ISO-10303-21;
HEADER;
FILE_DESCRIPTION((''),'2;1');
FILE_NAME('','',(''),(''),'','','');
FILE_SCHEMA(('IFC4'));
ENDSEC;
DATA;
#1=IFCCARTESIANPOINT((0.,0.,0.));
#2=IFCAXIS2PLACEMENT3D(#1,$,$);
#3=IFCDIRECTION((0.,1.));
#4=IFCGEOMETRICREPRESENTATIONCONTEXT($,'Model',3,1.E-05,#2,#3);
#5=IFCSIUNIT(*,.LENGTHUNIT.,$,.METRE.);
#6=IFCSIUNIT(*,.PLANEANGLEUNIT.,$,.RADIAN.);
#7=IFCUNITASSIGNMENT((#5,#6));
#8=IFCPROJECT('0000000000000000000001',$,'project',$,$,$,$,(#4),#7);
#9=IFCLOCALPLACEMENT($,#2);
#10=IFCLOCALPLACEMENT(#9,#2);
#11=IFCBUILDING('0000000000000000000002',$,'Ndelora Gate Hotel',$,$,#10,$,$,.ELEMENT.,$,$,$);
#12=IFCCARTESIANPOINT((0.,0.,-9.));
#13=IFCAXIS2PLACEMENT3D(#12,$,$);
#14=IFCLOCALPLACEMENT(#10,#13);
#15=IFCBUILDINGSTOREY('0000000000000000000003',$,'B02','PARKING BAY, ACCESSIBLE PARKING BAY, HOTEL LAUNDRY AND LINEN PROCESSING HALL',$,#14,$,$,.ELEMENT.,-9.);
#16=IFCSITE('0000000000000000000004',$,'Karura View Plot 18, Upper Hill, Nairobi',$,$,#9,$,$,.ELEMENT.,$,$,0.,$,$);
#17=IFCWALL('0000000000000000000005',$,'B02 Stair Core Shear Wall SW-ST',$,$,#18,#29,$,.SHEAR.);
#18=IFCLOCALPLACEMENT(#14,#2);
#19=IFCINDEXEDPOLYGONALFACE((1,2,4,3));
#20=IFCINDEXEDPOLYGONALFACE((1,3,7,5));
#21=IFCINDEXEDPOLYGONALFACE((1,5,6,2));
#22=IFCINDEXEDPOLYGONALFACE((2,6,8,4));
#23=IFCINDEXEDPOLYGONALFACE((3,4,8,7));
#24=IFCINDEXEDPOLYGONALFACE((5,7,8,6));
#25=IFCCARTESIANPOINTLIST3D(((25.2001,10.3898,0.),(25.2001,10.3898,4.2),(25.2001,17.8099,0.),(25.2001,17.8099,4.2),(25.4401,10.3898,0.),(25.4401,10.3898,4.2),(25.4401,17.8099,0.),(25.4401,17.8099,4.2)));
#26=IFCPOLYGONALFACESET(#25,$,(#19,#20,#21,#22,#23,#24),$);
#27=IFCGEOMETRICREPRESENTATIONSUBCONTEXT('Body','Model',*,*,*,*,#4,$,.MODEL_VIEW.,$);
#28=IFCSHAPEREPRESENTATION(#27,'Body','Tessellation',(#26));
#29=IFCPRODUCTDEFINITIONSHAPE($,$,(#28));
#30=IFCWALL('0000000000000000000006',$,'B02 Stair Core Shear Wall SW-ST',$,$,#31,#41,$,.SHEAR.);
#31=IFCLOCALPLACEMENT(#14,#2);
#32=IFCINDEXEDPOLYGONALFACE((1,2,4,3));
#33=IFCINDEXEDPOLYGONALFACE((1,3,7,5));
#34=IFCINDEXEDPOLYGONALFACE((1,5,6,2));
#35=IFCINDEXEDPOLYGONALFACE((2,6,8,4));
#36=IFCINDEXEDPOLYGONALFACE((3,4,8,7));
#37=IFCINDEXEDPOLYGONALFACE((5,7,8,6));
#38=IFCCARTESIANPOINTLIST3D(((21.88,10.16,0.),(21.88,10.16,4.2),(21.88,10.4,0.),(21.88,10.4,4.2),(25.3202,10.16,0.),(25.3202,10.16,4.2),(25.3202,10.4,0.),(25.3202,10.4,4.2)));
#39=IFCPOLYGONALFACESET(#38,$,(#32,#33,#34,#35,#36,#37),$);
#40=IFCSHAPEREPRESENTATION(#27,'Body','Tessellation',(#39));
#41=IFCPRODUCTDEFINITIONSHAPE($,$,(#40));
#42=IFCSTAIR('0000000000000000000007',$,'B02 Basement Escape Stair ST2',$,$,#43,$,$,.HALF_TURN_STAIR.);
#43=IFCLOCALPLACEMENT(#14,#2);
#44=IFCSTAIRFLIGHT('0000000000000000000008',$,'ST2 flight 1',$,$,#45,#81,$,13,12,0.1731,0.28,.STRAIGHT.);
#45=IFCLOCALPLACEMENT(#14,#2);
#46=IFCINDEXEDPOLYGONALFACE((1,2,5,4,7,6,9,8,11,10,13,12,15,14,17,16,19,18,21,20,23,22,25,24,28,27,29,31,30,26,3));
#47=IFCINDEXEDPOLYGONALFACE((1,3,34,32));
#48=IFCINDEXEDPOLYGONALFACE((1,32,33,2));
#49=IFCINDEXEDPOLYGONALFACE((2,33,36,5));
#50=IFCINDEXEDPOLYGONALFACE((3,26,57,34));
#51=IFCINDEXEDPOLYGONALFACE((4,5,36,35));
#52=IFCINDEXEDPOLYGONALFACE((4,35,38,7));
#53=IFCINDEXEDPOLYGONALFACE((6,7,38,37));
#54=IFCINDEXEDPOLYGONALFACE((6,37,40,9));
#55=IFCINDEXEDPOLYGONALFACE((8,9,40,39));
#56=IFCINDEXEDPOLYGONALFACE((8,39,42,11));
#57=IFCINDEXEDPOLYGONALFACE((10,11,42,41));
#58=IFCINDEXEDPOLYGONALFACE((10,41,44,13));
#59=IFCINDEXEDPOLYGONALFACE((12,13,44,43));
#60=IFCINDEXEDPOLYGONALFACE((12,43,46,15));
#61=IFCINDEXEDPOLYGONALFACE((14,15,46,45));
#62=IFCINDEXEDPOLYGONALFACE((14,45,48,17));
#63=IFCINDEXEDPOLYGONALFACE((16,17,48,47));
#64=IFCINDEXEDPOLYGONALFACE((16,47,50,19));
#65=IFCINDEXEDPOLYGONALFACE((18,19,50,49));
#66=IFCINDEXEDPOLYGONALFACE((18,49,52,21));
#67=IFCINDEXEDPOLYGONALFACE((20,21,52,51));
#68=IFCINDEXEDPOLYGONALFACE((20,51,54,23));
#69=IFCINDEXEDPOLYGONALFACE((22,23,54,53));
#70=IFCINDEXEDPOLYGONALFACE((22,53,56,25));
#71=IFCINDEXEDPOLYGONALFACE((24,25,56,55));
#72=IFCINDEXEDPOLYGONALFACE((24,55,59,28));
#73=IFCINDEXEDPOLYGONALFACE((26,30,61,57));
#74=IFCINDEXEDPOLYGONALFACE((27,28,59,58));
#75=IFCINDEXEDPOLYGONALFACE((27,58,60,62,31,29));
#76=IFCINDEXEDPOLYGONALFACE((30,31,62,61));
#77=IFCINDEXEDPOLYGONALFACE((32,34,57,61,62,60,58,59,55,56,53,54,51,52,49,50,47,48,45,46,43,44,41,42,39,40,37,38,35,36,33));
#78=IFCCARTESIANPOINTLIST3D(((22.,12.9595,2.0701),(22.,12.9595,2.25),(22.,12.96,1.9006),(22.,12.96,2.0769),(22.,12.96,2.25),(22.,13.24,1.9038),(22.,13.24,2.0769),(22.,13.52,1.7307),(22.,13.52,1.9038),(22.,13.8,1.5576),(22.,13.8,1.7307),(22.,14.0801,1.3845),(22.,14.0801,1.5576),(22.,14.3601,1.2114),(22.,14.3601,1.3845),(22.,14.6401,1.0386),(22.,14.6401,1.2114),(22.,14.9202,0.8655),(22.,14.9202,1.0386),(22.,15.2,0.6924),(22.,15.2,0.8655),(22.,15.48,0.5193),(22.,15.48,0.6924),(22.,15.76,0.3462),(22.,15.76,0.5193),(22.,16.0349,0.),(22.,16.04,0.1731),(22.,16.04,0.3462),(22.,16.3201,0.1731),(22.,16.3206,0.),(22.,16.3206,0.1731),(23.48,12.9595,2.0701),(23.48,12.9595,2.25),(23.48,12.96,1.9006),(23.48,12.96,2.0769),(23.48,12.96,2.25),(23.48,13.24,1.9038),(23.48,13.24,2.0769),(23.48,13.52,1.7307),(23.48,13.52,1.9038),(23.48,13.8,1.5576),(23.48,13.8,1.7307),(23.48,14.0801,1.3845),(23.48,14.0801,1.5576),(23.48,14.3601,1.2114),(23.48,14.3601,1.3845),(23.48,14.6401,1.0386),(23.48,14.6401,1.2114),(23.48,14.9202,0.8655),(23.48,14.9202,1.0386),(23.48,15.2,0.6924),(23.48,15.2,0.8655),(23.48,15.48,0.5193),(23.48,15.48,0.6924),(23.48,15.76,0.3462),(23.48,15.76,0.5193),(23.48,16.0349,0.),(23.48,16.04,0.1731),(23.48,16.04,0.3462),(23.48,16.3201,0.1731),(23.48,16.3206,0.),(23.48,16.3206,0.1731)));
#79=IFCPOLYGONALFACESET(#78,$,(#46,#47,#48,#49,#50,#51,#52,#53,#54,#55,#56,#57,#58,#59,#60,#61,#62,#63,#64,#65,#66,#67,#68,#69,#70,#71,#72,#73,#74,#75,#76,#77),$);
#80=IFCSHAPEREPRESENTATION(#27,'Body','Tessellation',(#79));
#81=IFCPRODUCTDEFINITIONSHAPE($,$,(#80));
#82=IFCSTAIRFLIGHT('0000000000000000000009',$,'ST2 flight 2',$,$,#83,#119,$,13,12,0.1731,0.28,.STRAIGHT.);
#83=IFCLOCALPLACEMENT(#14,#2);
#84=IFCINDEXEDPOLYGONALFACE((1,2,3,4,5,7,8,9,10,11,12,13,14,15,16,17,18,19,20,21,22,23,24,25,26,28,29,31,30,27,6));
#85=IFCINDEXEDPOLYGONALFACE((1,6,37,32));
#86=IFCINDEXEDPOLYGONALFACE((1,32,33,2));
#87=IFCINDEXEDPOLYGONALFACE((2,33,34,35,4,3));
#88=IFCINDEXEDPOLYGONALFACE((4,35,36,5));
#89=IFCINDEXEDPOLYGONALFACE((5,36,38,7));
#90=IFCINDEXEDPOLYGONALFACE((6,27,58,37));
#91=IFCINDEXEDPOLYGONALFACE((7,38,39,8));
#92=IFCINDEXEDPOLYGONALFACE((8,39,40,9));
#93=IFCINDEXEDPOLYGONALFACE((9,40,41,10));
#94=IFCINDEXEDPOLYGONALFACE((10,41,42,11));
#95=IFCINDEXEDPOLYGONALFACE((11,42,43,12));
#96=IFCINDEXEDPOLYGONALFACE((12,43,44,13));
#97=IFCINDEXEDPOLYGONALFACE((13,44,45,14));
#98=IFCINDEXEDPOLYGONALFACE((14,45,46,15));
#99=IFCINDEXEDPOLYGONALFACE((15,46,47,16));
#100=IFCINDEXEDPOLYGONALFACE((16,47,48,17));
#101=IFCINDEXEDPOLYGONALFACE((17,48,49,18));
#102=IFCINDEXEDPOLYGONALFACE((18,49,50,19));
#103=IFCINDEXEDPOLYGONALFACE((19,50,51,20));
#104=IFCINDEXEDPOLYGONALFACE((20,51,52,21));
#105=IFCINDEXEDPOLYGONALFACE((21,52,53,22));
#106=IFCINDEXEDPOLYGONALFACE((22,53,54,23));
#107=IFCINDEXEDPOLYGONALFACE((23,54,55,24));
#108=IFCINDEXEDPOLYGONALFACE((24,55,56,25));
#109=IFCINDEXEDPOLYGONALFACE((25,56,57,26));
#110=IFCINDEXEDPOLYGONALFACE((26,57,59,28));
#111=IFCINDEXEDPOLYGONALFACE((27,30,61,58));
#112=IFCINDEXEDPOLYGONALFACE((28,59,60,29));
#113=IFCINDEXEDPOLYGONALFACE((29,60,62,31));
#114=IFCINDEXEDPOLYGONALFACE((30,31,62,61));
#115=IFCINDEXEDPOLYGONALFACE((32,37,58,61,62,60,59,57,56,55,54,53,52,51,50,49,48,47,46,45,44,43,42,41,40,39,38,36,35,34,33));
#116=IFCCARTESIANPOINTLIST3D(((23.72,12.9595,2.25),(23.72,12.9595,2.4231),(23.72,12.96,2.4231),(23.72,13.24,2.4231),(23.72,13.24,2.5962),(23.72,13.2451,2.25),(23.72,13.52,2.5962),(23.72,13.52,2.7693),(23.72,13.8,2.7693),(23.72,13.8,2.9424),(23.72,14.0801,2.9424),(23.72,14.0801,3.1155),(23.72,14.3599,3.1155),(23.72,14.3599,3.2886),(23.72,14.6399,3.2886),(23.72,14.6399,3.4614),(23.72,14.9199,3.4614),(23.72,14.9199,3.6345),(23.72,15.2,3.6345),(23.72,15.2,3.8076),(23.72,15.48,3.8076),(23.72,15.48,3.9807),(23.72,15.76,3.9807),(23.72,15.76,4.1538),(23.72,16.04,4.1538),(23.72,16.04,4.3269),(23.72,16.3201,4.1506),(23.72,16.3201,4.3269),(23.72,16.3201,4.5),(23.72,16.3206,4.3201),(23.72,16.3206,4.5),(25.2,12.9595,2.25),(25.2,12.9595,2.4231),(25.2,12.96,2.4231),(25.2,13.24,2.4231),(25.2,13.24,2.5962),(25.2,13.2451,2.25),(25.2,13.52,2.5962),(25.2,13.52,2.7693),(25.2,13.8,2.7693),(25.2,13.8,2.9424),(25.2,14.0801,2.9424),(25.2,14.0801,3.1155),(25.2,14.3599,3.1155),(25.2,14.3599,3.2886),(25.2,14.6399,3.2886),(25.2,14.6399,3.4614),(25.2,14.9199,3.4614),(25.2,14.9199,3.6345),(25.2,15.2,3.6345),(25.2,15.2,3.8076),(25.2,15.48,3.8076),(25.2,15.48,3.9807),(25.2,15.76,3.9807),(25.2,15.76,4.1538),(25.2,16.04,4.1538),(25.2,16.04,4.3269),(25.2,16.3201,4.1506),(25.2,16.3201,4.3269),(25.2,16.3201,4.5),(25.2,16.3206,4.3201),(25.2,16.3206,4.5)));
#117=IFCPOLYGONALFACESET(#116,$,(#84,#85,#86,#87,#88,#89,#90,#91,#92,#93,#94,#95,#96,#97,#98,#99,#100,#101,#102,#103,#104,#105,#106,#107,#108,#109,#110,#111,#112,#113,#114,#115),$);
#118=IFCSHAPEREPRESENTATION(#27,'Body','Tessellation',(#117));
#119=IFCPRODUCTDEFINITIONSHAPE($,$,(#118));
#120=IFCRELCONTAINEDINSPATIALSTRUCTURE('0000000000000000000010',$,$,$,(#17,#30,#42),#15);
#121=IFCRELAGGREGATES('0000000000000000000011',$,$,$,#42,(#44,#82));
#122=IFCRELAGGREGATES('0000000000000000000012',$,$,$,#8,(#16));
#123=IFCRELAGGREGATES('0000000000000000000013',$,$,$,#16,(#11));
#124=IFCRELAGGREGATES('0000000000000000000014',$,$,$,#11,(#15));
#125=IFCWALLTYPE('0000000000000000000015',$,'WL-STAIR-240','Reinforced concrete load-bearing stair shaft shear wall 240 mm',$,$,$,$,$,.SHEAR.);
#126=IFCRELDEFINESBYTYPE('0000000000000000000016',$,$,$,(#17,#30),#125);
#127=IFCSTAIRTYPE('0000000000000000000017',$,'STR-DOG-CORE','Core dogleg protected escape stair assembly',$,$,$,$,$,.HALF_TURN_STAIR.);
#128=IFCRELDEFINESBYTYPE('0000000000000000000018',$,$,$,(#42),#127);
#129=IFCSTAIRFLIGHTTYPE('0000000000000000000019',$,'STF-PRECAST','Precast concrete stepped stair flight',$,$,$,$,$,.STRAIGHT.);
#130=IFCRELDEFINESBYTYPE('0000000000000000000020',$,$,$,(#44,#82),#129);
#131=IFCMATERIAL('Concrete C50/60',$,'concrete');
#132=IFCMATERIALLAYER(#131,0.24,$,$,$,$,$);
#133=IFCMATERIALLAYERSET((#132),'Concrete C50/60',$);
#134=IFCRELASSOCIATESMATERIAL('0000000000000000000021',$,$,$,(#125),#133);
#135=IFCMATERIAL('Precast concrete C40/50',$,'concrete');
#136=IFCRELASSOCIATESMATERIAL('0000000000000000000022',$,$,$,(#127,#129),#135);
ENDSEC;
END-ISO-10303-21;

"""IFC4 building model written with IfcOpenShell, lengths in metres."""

from ifc_helpers import new_model, si_unit, direction, frame, frame_2d, origin, place, context, subcontext, project, spatial, polyline, rectangle, outline, extrude, material, layer, layer_set, type_object, element, aggregate, save


model = new_model("IFC4")

# Units and contexts
model_context = context("Model", 3, precision=1e-05, world=origin(), true_north=direction((0.0, 1.0)))
body_context = subcontext(model_context, "Body", "Model", "MODEL_VIEW")
ifc_project = project(units=[si_unit("LENGTHUNIT", "METRE"), si_unit("PLANEANGLEUNIT", "RADIAN")], contexts=[model_context])

# Site, building, storey
site_placement = place(None, origin())
site = spatial("IfcSite", under=ifc_project, at=site_placement, Name="Karura View Plot 18, Upper Hill, Nairobi", CompositionType="ELEMENT", RefElevation=0.0)
building_placement = place(site_placement, origin())
building = spatial("IfcBuilding", under=site, at=building_placement, Name="Ndelora Gate Hotel", CompositionType="ELEMENT")
storey_placement = place(building_placement, frame((0.0, 0.0, -9.0)))
storey = spatial("IfcBuildingStorey", under=building, at=storey_placement, Name="B02", Description="PARKING BAY, ACCESSIBLE PARKING BAY, HOTEL LAUNDRY AND LINEN PROCESSING HALL", CompositionType="ELEMENT", Elevation=-9.0)

# Shared definitions
ifc_material_1 = material(Name="Concrete C50/60", Category="concrete")

# Walls
ifc_layer_1 = layer(ifc_material_1, 0.24)
ifc_layer_set_1 = layer_set([ifc_layer_1], Name="Concrete C50/60")
wall_type_1 = type_object("IfcWallType", Name="WL-STAIR-240", Description="Reinforced concrete load-bearing stair shaft shear wall 240 mm", PredefinedType="SHEAR", material=ifc_layer_set_1)
for number, where, z_axis, x_axis, name in (
    (1, (25.3201, 10.3899, 0.0), (0.0, 0.0, 1.0), (0.0, 1.0, 0.0), "B02 Stair Core Shear Wall SW-ST"),
):
    element("IfcWall", number, at=place(storey_placement, frame(where, z_axis=z_axis, x_axis=x_axis)), inside=storey, type_object=wall_type_1, Name=name, PredefinedType="SHEAR", context=body_context, shape_type="SweptSolid", body=[
        extrude(rectangle(XDim=7.4202, YDim=0.24, at=frame_2d((3.71, 0.0))), origin(), (0.0, 0.0, 1.0), 4.2),
    ])
wall_1_placement = place(storey_placement, frame((21.8799, 10.28, 0.0), z_axis=(0.0, 0.0, 1.0), x_axis=(1.0, 0.0, 0.0)))
element("IfcWall", 2, at=wall_1_placement, inside=storey, type_object=wall_type_1, Name="B02 Stair Core Shear Wall SW-ST", PredefinedType="SHEAR", context=body_context, shape_type="SweptSolid", body=[
    extrude(rectangle(XDim=3.4402, YDim=0.24, at=frame_2d((1.7202, 0.0))), origin(), (0.0, 0.0, 1.0), 4.2),
])

# Stair, stair flights
ifc_material_2 = material(Name="Precast concrete C40/50", Category="concrete")
stair_type = type_object("IfcStairType", Name="STR-DOG-CORE", Description="Core dogleg protected escape stair assembly", PredefinedType="HALF_TURN_STAIR", material=ifc_material_2)
stair_placement = place(storey_placement, origin())
stair = element("IfcStair", 3, at=stair_placement, inside=storey, type_object=stair_type, Name="B02 Basement Escape Stair ST2", PredefinedType="HALF_TURN_STAIR")
stair_flight_type = type_object("IfcStairFlightType", Name="STF-PRECAST", Description="Precast concrete stepped stair flight", PredefinedType="STRAIGHT", material=ifc_material_2)
stair_flight_1_placement = place(storey_placement, frame((22.74, 16.3201, 0.0), z_axis=(0.0, 0.0, 1.0), x_axis=(0.0, -1.0, 0.0)))
stair_flight_1 = element("IfcStairFlight", 4, at=stair_flight_1_placement, type_object=stair_flight_type, Name="ST2 flight 1", NumberOfRisers=13, NumberOfTreads=12, PredefinedType="STRAIGHT", RiserHeight=0.1731, TreadLength=0.28, context=body_context, shape_type="SweptSolid", body=[
    extrude(outline(polyline([(-0.0005, 0.0), (-0.0005, 0.1731), (0.0, 0.1731), (0.28, 0.1731), (0.28, 0.3462), (0.5601, 0.3462), (0.5601, 0.5193), (0.8401, 0.5193), (0.8401, 0.6924), (1.1201, 0.6924), (1.1201, 0.8655), (1.3999, 0.8655), (1.3999, 1.0386), (1.6799, 1.0386), (1.6799, 1.2114), (1.96, 1.2114), (1.96, 1.3845), (2.24, 1.3845), (2.24, 1.5576), (2.52, 1.5576), (2.52, 1.7307), (2.8, 1.7307), (2.8, 1.9038), (3.0801, 1.9038), (3.0801, 2.0769), (3.3601, 2.0769), (3.3601, 2.25), (3.3606, 2.25), (3.3606, 2.0701), (3.3601, 1.9006), (0.2852, 0.0), (-0.0005, 0.0)])), frame((0.0, 0.74, 0.0), z_axis=(0.0, -1.0, 0.0), x_axis=(1.0, 0.0, 0.0)), (0.0, 0.0, 1.0), 1.48),
])
stair_flight_2_placement = place(storey_placement, frame((24.46, 12.96, 2.25), z_axis=(0.0, 0.0, 1.0), x_axis=(0.0, 1.0, 0.0)))
stair_flight_2 = element("IfcStairFlight", 5, at=stair_flight_2_placement, type_object=stair_flight_type, Name="ST2 flight 2", NumberOfRisers=13, NumberOfTreads=12, PredefinedType="STRAIGHT", RiserHeight=0.1731, TreadLength=0.28, context=body_context, shape_type="SweptSolid", body=[
    extrude(outline(polyline([(-0.0005, 0.0), (-0.0005, 0.1731), (0.0, 0.1731), (0.28, 0.1731), (0.28, 0.3462), (0.5601, 0.3462), (0.5601, 0.5193), (0.8401, 0.5193), (0.8401, 0.6924), (1.1201, 0.6924), (1.1201, 0.8655), (1.3999, 0.8655), (1.3999, 1.0386), (1.6799, 1.0386), (1.6799, 1.2114), (1.96, 1.2114), (1.96, 1.3845), (2.24, 1.3845), (2.24, 1.5576), (2.52, 1.5576), (2.52, 1.7307), (2.8, 1.7307), (2.8, 1.9038), (3.0801, 1.9038), (3.0801, 2.0769), (3.3601, 2.0769), (3.3601, 2.25), (3.3606, 2.25), (3.3606, 2.0701), (3.3601, 1.9006), (0.2852, 0.0), (-0.0005, 0.0)])), frame((0.0, 0.74, 0.0), z_axis=(0.0, -1.0, 0.0), x_axis=(1.0, 0.0, 0.0)), (0.0, 0.0, 1.0), 1.48),
])
aggregate(stair, [stair_flight_1, stair_flight_2])

save(model, "model.ifc")
